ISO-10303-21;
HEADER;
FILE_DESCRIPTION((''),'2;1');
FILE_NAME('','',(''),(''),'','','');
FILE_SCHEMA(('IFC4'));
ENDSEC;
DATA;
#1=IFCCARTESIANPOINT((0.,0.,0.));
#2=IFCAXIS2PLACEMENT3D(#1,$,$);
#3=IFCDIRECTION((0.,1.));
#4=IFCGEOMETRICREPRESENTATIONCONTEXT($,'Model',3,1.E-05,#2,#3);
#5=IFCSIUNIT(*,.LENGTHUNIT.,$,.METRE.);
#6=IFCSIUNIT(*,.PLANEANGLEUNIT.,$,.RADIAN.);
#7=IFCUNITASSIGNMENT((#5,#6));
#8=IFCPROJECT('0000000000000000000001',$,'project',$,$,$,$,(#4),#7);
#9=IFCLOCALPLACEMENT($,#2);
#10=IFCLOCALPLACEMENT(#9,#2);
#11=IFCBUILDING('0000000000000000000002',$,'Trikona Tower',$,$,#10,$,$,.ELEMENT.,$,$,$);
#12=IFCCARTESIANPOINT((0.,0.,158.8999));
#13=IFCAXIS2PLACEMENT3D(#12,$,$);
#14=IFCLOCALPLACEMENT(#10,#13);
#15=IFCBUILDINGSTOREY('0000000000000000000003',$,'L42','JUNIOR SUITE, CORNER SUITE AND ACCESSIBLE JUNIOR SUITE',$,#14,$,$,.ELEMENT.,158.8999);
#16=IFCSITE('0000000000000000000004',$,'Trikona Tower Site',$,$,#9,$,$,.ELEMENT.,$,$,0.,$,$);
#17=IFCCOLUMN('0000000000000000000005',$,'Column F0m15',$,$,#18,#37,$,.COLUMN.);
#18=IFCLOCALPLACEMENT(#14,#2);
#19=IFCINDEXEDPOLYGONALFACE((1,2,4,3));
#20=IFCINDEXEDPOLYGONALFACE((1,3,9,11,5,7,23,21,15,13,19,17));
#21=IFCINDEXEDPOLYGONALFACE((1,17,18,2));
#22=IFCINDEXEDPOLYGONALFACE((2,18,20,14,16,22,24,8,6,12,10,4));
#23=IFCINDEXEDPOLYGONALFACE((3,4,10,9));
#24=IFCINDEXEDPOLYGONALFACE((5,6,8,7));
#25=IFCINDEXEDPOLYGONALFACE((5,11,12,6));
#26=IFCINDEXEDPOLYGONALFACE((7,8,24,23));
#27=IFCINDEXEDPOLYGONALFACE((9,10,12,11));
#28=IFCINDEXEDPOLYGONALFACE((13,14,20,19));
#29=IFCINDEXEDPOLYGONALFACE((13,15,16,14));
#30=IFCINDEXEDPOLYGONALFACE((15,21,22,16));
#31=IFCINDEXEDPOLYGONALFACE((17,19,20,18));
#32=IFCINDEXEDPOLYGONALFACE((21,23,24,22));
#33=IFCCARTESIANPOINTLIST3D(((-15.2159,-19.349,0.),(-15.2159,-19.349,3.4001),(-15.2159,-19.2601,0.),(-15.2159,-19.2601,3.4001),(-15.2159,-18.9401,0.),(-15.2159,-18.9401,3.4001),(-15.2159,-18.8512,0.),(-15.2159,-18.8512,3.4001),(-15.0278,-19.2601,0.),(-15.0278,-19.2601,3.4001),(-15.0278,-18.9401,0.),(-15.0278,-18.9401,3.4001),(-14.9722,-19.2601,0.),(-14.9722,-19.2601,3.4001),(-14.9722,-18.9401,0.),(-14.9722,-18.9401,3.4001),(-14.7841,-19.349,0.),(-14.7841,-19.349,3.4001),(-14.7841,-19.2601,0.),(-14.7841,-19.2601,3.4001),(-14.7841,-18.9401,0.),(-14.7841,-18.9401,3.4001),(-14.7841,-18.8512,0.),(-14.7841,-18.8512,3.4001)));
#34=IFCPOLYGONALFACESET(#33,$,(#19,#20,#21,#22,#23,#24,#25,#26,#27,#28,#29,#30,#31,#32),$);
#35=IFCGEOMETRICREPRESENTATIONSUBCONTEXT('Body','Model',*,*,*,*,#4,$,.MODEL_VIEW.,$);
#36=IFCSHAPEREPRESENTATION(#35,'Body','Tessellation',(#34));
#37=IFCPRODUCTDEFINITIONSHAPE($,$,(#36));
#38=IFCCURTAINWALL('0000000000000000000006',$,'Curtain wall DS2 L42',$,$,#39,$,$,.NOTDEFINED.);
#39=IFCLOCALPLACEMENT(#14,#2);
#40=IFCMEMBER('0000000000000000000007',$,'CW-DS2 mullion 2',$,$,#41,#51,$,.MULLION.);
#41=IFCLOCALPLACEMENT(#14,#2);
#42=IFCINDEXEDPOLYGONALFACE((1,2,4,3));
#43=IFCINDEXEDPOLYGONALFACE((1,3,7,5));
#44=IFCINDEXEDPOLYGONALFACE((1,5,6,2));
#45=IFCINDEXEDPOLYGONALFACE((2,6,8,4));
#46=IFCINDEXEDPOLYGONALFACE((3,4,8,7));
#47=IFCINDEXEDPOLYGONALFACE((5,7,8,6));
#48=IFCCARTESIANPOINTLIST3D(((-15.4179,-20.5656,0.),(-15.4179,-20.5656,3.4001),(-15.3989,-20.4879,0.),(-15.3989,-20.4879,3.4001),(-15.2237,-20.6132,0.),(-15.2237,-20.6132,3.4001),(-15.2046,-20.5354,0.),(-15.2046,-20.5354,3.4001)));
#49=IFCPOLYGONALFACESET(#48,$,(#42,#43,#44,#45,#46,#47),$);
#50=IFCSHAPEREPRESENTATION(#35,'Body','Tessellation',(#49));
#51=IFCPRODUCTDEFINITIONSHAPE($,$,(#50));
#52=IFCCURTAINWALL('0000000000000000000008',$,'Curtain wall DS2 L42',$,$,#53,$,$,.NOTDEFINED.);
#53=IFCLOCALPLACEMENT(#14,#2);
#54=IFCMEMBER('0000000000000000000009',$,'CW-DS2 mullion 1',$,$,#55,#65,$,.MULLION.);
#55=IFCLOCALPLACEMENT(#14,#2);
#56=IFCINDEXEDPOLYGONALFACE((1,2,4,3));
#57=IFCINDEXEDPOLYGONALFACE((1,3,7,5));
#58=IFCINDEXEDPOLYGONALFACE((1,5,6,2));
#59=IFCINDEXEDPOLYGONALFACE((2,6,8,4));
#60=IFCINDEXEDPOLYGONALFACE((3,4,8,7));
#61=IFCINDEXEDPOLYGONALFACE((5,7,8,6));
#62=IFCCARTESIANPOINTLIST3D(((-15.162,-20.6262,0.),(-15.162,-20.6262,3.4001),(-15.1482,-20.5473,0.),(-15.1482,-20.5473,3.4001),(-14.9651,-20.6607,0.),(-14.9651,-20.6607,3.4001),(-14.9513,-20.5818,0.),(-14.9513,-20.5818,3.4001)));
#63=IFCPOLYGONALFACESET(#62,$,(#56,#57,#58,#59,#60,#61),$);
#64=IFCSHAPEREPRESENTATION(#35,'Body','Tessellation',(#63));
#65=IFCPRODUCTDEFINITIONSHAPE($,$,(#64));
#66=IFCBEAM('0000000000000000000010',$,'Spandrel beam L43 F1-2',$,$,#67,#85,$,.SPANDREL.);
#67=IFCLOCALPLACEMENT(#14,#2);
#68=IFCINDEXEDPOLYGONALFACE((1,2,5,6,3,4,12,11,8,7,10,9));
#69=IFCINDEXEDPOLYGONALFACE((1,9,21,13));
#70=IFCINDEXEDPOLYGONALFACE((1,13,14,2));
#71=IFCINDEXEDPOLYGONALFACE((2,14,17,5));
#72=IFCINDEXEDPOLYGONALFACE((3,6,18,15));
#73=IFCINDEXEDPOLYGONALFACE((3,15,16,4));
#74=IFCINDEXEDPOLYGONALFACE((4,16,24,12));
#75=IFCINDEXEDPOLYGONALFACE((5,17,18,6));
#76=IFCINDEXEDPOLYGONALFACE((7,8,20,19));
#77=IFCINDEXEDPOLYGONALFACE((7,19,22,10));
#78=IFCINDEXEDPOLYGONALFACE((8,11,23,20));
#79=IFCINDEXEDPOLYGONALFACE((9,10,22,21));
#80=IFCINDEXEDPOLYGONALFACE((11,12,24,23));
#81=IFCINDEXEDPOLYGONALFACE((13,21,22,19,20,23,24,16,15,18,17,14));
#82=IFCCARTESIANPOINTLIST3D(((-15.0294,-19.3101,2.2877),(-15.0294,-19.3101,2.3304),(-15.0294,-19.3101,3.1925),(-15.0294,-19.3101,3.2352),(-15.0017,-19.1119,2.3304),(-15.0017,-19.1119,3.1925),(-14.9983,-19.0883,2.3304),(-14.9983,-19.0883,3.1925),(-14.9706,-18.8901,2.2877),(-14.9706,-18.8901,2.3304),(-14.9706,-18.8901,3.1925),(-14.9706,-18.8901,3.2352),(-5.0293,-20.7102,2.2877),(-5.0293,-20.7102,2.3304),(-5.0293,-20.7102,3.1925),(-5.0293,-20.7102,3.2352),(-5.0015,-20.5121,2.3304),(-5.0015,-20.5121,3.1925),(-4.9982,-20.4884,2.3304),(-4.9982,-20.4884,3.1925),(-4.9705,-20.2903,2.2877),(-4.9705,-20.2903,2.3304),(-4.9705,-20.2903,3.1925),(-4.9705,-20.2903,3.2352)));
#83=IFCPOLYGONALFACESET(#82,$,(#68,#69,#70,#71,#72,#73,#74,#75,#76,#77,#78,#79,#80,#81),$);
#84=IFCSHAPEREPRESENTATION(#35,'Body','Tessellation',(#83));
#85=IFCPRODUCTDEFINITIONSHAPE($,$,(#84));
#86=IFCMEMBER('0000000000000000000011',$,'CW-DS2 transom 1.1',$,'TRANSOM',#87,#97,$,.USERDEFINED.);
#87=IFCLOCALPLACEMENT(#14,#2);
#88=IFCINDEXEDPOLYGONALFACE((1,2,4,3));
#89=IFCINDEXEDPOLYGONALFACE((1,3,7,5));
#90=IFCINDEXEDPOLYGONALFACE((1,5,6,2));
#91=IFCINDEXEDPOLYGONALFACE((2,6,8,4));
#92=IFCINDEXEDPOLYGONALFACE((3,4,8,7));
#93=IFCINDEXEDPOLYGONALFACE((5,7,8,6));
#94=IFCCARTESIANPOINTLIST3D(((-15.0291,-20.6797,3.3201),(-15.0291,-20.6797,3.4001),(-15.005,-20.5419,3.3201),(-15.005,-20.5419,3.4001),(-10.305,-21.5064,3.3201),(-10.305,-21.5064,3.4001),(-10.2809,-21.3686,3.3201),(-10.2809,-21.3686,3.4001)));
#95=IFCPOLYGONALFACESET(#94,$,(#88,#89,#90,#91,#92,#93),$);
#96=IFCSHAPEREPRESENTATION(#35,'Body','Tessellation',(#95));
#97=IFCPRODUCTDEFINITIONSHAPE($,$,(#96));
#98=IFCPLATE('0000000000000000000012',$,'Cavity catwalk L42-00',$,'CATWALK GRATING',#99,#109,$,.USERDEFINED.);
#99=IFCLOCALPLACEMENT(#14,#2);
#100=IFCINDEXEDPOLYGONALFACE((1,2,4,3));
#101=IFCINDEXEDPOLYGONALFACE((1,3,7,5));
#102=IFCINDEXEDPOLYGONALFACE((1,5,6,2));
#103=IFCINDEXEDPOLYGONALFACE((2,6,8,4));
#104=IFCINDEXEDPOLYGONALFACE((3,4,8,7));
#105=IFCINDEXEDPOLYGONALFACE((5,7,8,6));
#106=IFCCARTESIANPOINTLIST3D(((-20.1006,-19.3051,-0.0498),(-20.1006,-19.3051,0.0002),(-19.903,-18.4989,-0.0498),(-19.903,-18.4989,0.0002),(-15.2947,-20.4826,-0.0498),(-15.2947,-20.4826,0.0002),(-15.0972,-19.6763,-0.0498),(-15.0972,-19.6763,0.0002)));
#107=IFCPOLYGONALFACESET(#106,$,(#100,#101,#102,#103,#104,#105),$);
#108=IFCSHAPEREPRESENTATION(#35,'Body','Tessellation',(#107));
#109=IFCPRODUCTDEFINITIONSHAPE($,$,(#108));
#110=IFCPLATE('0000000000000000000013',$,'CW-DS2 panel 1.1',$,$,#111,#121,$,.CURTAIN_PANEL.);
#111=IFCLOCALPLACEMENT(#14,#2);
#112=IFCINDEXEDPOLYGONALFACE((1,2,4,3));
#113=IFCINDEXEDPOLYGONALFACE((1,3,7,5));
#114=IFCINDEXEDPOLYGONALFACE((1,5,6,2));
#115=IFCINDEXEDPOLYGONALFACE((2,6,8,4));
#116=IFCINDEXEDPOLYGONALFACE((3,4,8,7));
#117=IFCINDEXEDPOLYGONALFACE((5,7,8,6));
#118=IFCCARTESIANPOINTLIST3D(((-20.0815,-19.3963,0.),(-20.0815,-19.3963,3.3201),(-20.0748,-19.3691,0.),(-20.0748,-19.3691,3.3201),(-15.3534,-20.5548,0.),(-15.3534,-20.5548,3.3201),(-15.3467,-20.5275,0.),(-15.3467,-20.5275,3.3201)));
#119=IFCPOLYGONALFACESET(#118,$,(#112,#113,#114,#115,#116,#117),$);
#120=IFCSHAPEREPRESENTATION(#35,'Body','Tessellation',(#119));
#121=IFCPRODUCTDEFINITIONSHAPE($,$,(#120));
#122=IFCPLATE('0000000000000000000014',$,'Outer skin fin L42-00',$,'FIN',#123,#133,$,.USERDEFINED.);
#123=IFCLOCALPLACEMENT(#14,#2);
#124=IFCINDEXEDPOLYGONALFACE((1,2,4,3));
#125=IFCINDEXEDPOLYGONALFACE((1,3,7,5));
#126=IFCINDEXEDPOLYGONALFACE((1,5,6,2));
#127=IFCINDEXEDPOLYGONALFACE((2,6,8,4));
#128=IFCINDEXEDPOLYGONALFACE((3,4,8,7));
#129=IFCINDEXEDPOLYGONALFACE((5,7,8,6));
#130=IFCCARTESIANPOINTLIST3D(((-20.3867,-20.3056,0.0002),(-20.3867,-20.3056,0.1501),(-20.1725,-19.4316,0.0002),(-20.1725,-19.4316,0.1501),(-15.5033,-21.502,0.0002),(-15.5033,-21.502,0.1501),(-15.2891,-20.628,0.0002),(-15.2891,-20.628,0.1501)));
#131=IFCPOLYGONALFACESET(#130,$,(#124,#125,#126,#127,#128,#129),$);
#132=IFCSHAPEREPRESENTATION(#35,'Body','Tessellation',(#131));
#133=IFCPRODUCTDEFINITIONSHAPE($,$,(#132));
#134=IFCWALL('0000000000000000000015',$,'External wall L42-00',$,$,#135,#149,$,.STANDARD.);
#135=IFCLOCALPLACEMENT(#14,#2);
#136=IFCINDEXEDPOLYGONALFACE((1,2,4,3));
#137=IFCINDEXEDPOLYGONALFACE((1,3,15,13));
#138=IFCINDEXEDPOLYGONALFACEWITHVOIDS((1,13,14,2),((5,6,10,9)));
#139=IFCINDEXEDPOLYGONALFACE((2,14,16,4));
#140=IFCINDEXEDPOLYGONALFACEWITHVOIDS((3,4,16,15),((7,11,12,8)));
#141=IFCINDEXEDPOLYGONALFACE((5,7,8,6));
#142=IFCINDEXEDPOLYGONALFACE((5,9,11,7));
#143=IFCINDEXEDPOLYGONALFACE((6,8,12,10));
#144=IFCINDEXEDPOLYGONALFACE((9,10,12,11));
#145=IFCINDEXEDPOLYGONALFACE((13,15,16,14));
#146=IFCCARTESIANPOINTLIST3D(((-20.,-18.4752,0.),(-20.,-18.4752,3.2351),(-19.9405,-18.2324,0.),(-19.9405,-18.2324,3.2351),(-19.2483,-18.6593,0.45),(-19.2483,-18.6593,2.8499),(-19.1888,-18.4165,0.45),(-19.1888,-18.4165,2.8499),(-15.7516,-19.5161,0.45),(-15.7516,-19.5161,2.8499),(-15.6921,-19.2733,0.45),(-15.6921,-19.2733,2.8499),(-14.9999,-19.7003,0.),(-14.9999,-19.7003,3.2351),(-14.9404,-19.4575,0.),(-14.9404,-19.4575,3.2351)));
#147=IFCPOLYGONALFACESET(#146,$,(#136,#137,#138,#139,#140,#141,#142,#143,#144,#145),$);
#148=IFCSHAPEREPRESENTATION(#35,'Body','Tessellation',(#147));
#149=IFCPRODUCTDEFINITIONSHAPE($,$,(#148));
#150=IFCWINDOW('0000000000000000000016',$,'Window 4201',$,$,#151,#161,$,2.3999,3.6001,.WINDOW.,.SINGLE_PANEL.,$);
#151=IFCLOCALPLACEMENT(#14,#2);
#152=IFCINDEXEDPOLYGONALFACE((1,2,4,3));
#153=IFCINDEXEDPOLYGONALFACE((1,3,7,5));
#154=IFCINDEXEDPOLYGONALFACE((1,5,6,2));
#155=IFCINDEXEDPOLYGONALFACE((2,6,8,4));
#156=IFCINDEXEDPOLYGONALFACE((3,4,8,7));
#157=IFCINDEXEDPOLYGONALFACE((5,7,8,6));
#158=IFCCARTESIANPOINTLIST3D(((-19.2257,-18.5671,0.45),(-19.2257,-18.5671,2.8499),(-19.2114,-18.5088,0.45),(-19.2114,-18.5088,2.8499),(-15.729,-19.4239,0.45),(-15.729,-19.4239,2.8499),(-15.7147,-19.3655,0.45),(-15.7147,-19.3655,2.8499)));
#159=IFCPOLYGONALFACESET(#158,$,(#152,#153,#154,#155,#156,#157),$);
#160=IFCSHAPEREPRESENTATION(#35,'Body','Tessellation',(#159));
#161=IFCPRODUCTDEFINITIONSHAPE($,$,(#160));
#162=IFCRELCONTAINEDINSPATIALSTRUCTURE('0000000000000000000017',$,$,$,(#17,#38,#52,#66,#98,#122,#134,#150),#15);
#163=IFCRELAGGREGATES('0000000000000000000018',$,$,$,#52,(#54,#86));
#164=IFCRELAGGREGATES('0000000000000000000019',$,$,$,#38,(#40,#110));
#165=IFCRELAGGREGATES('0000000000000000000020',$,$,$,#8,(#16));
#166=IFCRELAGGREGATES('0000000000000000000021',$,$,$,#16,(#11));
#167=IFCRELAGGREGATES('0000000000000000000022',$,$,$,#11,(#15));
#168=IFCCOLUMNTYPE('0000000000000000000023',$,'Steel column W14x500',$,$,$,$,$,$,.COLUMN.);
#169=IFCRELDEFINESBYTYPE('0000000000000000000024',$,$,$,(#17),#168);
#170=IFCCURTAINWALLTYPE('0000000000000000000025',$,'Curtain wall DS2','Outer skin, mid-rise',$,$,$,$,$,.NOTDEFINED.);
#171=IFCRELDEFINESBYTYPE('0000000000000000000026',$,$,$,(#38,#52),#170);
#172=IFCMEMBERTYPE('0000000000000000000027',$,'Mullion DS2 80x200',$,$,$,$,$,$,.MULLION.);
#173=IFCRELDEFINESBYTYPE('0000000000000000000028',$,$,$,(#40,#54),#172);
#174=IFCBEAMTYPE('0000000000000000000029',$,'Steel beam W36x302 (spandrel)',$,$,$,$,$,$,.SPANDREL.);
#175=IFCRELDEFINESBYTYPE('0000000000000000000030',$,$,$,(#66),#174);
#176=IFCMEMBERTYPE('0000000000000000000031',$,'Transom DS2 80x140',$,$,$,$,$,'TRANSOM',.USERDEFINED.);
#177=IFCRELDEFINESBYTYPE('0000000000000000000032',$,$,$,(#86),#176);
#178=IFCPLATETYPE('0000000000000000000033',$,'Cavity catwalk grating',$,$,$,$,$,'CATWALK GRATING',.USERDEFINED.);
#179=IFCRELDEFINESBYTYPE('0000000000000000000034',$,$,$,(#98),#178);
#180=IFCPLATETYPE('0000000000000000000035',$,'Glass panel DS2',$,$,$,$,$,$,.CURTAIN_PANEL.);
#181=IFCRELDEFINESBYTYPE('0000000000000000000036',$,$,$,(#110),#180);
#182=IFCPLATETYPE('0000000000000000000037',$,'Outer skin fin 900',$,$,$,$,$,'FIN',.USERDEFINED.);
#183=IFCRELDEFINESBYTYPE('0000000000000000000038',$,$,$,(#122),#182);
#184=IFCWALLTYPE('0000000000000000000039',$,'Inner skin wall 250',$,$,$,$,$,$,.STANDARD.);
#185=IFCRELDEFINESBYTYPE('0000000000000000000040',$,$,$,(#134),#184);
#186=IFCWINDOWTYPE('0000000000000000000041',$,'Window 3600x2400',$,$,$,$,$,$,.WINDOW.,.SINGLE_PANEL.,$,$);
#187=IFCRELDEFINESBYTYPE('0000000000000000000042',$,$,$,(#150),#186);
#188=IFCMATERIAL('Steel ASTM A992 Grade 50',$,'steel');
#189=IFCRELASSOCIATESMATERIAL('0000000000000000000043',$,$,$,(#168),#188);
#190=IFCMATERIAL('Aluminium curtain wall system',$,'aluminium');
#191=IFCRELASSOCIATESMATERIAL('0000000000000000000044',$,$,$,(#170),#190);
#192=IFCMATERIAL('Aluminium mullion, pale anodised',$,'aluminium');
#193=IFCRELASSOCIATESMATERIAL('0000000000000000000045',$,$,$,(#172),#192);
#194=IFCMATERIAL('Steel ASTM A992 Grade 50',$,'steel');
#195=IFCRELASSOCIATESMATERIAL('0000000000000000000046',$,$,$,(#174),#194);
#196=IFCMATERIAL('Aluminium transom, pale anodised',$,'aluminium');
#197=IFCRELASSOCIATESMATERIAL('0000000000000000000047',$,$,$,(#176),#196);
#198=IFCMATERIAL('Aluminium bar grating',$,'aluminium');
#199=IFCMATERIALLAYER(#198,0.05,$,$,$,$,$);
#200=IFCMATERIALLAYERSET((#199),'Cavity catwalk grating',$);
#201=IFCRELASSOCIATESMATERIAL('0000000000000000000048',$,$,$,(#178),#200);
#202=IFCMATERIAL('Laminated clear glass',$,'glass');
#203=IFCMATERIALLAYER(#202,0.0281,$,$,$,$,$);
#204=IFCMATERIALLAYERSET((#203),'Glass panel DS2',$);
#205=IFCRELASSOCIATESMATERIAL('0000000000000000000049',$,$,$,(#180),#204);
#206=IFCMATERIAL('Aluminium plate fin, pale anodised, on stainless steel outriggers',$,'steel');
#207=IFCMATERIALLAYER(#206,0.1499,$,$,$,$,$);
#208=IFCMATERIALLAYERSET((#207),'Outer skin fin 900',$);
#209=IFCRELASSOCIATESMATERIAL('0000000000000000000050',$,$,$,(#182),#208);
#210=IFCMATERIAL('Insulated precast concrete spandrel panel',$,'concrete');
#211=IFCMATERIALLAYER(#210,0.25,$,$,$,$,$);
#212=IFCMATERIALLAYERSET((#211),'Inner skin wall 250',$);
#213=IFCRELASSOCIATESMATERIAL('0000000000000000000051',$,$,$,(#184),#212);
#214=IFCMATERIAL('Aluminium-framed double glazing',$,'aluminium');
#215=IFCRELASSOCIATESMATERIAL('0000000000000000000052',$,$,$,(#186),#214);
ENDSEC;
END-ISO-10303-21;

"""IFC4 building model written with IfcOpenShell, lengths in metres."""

from ifc_helpers import new_model, si_unit, direction, frame, frame_2d, origin, origin_2d, place, context, subcontext, project, spatial, rectangle, i_section, extrude, material, layer, layer_set, material_profile, profile_set, type_object, element, fill, aggregate, save


model = new_model("IFC4")

# Units and contexts
model_context = context("Model", 3, precision=1e-05, world=origin(), true_north=direction((0.0, 1.0)))
body_context = subcontext(model_context, "Body", "Model", "MODEL_VIEW")
ifc_project = project(units=[si_unit("LENGTHUNIT", "METRE"), si_unit("PLANEANGLEUNIT", "RADIAN")], contexts=[model_context])

# Site, building, storey
site_placement = place(None, origin())
site = spatial("IfcSite", under=ifc_project, at=site_placement, Name="Trikona Tower Site", CompositionType="ELEMENT", RefElevation=0.0)
building_placement = place(site_placement, origin())
building = spatial("IfcBuilding", under=site, at=building_placement, Name="Trikona Tower", CompositionType="ELEMENT")
storey_placement = place(building_placement, frame((0.0, 0.0, 158.8999)))
storey = spatial("IfcBuildingStorey", under=building, at=storey_placement, Name="L42", Description="JUNIOR SUITE, CORNER SUITE AND ACCESSIBLE JUNIOR SUITE", CompositionType="ELEMENT", Elevation=158.8999)

# Column
ifc_material_1 = material(Name="Steel ASTM A992 Grade 50", Category="steel")
ifc_material_profile_1 = material_profile(ifc_material_1, i_section(OverallWidth=0.4319, OverallDepth=0.4978, WebThickness=0.0557, FlangeThickness=0.0889, at=origin_2d()), Name="W14X500")
ifc_profile_set_1 = profile_set([ifc_material_profile_1], Name="Steel ASTM A992 Grade 50")
column_type = type_object("IfcColumnType", Name="Steel column W14x500", PredefinedType="COLUMN", material=ifc_profile_set_1)
column_placement = place(storey_placement, frame((-15.0, -19.1001, 0.0), z_axis=(0.0, 0.0, 1.0), x_axis=(1.0, 0.0, 0.0)))
element("IfcColumn", 1, at=column_placement, inside=storey, type_object=column_type, Name="Column F0m15", PredefinedType="COLUMN", context=body_context, shape_type="SweptSolid", body=[
    extrude(i_section(OverallWidth=0.4319, OverallDepth=0.4978, WebThickness=0.0557, FlangeThickness=0.0889, at=origin_2d()), origin(), (0.0, 0.0, 1.0), 3.4001),
])

# Curtain walls, members
ifc_material_2 = material(Name="Aluminium curtain wall system", Category="aluminium")
curtain_wall_type = type_object("IfcCurtainWallType", Name="Curtain wall DS2", Description="Outer skin, mid-rise", PredefinedType="NOTDEFINED", material=ifc_material_2)
curtain_wall_1_placement = place(storey_placement, origin())
curtain_wall_1 = element("IfcCurtainWall", 2, at=curtain_wall_1_placement, inside=storey, type_object=curtain_wall_type, Name="Curtain wall DS2 L42", PredefinedType="NOTDEFINED")
ifc_material_3 = material(Name="Aluminium mullion, pale anodised", Category="aluminium")
ifc_material_profile_2 = material_profile(ifc_material_3, rectangle(XDim=0.0801, YDim=0.2, at=origin_2d()), Name="MUL-DS2")
ifc_profile_set_2 = profile_set([ifc_material_profile_2], Name="Aluminium mullion, pale anodised")
member_type_1 = type_object("IfcMemberType", Name="Mullion DS2 80x200", PredefinedType="MULLION", material=ifc_profile_set_2)
member_1_placement = place(storey_placement, frame((-15.3113, -20.5505, 0.0), z_axis=(0.0, 0.0, 1.0), x_axis=(0.23797, 0.971272, 0.0)))
member_1 = element("IfcMember", 3, at=member_1_placement, type_object=member_type_1, Name="CW-DS2 mullion 2", PredefinedType="MULLION", context=body_context, shape_type="SweptSolid", body=[
    extrude(rectangle(XDim=0.0801, YDim=0.2, at=origin_2d()), origin(), (0.0, 0.0, 1.0), 3.4001),
])
curtain_wall_2_placement = place(storey_placement, origin())
curtain_wall_2 = element("IfcCurtainWall", 4, at=curtain_wall_2_placement, inside=storey, type_object=curtain_wall_type, Name="Curtain wall DS2 L42", PredefinedType="NOTDEFINED")
member_2_placement = place(storey_placement, frame((-15.0566, -20.604, 0.0), z_axis=(0.0, 0.0, 1.0), x_axis=(0.172377, 0.985031, 0.0)))
member_2 = element("IfcMember", 5, at=member_2_placement, type_object=member_type_1, Name="CW-DS2 mullion 1", PredefinedType="MULLION", context=body_context, shape_type="SweptSolid", body=[
    extrude(rectangle(XDim=0.0801, YDim=0.2, at=origin_2d()), origin(), (0.0, 0.0, 1.0), 3.4001),
])

# Beam
ifc_material_4 = material(Name="Steel ASTM A992 Grade 50", Category="steel")
ifc_material_profile_3 = material_profile(ifc_material_4, i_section(OverallWidth=0.4241, OverallDepth=0.9475, WebThickness=0.0239, FlangeThickness=0.0427, at=origin_2d()), Name="W36X302")
ifc_profile_set_3 = profile_set([ifc_material_profile_3], Name="Steel ASTM A992 Grade 50")
beam_type = type_object("IfcBeamType", Name="Steel beam W36x302 (spandrel)", PredefinedType="SPANDREL", material=ifc_profile_set_3)
beam_placement = place(storey_placement, frame((-15.0, -19.1001, 2.7615), z_axis=(0.99034, -0.138662, 0.0), x_axis=(0.138662, 0.99034, 0.0)))
element("IfcBeam", 6, at=beam_placement, inside=storey, type_object=beam_type, Name="Spandrel beam L43 F1-2", PredefinedType="SPANDREL", context=body_context, shape_type="SweptSolid", body=[
    extrude(i_section(OverallWidth=0.4241, OverallDepth=0.9475, WebThickness=0.0239, FlangeThickness=0.0427, at=origin_2d()), origin(), (0.0, 0.0, 1.0), 10.0977),
])

# Member
ifc_material_5 = material(Name="Aluminium transom, pale anodised", Category="aluminium")
ifc_material_profile_4 = material_profile(ifc_material_5, rectangle(XDim=0.1399, YDim=0.0801, at=origin_2d()), Name="TRN-DS2")
ifc_profile_set_4 = profile_set([ifc_material_profile_4], Name="Aluminium transom, pale anodised")
member_type_2 = type_object("IfcMemberType", Name="Transom DS2 80x140", ElementType="TRANSOM", PredefinedType="USERDEFINED", material=ifc_profile_set_4)
member_3_placement = place(storey_placement, frame((-15.0171, -20.6108, 3.3601), z_axis=(0.985033, -0.172368, 0.0), x_axis=(0.172368, 0.985033, 0.0)))
member_3 = element("IfcMember", 7, at=member_3_placement, type_object=member_type_2, Name="CW-DS2 transom 1.1", ObjectType="TRANSOM", PredefinedType="USERDEFINED", context=body_context, shape_type="SweptSolid", body=[
    extrude(rectangle(XDim=0.1399, YDim=0.0801, at=origin_2d()), origin(), (0.0, 0.0, 1.0), 4.7959),
])
aggregate(curtain_wall_2, [member_2, member_3])

# Plates
ifc_material_6 = material(Name="Aluminium bar grating", Category="aluminium")
ifc_layer_1 = layer(ifc_material_6, 0.05)
ifc_layer_set_1 = layer_set([ifc_layer_1], Name="Cavity catwalk grating")
plate_type_1 = type_object("IfcPlateType", Name="Cavity catwalk grating", ElementType="CATWALK GRATING", PredefinedType="USERDEFINED", material=ifc_layer_set_1)
plate_1_placement = place(storey_placement, frame((-17.5989, -19.4907, -0.0498), z_axis=(0.0, 0.0, 1.0), x_axis=(0.971274, -0.237962, 0.0)))
element("IfcPlate", 8, at=plate_1_placement, inside=storey, type_object=plate_type_1, Name="Cavity catwalk L42-00", ObjectType="CATWALK GRATING", PredefinedType="USERDEFINED", context=body_context, shape_type="SweptSolid", body=[
    extrude(rectangle(XDim=4.948, YDim=0.8301, at=origin_2d()), origin(), (0.0, 0.0, 1.0), 0.05),
])
ifc_material_7 = material(Name="Laminated clear glass", Category="glass")
ifc_layer_2 = layer(ifc_material_7, 0.0281)
ifc_layer_set_2 = layer_set([ifc_layer_2], Name="Glass panel DS2")
plate_type_2 = type_object("IfcPlateType", Name="Glass panel DS2", PredefinedType="CURTAIN_PANEL", material=ifc_layer_set_2)
plate_2_placement = place(storey_placement, frame((-17.7141, -19.9619, 0.0), z_axis=(0.0, 0.0, 1.0), x_axis=(0.971272, -0.23797, 0.0)))
plate_2 = element("IfcPlate", 9, at=plate_2_placement, type_object=plate_type_2, Name="CW-DS2 panel 1.1", PredefinedType="CURTAIN_PANEL", context=body_context, shape_type="SweptSolid", body=[
    extrude(rectangle(XDim=4.8679, YDim=0.0281, at=origin_2d()), origin(), (0.0, 0.0, 1.0), 3.3201),
])
aggregate(curtain_wall_1, [member_1, plate_2])
ifc_material_8 = material(Name="Aluminium plate fin, pale anodised, on stainless steel outriggers", Category="steel")
ifc_layer_3 = layer(ifc_material_8, 0.1499)
ifc_layer_set_3 = layer_set([ifc_layer_3], Name="Outer skin fin 900")
plate_type_3 = type_object("IfcPlateType", Name="Outer skin fin 900", ElementType="FIN", PredefinedType="USERDEFINED", material=ifc_layer_set_3)
plate_3_placement = place(storey_placement, frame((-17.8379, -20.4668, 0.0002), z_axis=(0.0, 0.0, 1.0), x_axis=(0.971274, -0.237962, 0.0)))
element("IfcPlate", 10, at=plate_3_placement, inside=storey, type_object=plate_type_3, Name="Outer skin fin L42-00", ObjectType="FIN", PredefinedType="USERDEFINED", context=body_context, shape_type="SweptSolid", body=[
    extrude(rectangle(XDim=5.0278, YDim=0.8999, at=origin_2d()), origin(), (0.0, 0.0, 1.0), 0.1499),
])

# Wall, opening, window
ifc_material_9 = material(Name="Insulated precast concrete spandrel panel", Category="concrete")
ifc_layer_4 = layer(ifc_material_9, 0.25)
ifc_layer_set_4 = layer_set([ifc_layer_4], Name="Inner skin wall 250")
wall_type_1 = type_object("IfcWallType", Name="Inner skin wall 250", PredefinedType="STANDARD", material=ifc_layer_set_4)
wall_1_placement = place(storey_placement, frame((-19.9702, -18.3538, 0.0), z_axis=(0.0, 0.0, 1.0), x_axis=(0.97127, -0.23798, 0.0)))
wall_1 = element("IfcWall", 11, at=wall_1_placement, inside=storey, type_object=wall_type_1, Name="External wall L42-00", PredefinedType="STANDARD", context=body_context, shape_type="SweptSolid", body=[
    extrude(rectangle(XDim=5.1479, YDim=0.25, at=frame_2d((2.574, 0.0))), origin(), (0.0, 0.0, 1.0), 3.2351),
])
opening_1_placement = place(wall_1_placement, frame((0.7739, 0.0, 0.45)))
opening_1 = element("IfcOpeningElement", 12, at=opening_1_placement, cuts=wall_1, PredefinedType="OPENING", context=body_context, shape_type="SweptSolid", body=[
    extrude(rectangle(XDim=3.6001, YDim=2.3999, at=frame_2d((1.8, 1.2))), frame((0.0, 0.135, 0.0), z_axis=(0.0, -1.0, 0.0), x_axis=(1.0, 0.0, 0.0)), (0.0, 0.0, 1.0), 0.27),
])
ifc_material_10 = material(Name="Aluminium-framed double glazing", Category="aluminium")
window_type = type_object("IfcWindowType", Name="Window 3600x2400", PartitioningType="SINGLE_PANEL", PredefinedType="WINDOW", material=ifc_material_10)
window_1_placement = place(opening_1_placement, origin())
window_1 = element("IfcWindow", 13, at=window_1_placement, inside=storey, type_object=window_type, Name="Window 4201", OverallHeight=2.3999, OverallWidth=3.6001, PartitioningType="SINGLE_PANEL", PredefinedType="WINDOW", context=body_context, shape_type="SweptSolid", body=[
    extrude(rectangle(XDim=3.6001, YDim=2.3999, at=frame_2d((1.8, 1.2))), frame((0.0, 0.03, 0.0), z_axis=(0.0, -1.0, 0.0), x_axis=(1.0, 0.0, 0.0)), (0.0, 0.0, 1.0), 0.0601),
])
fill(opening_1, window_1)

save(model, "model.ifc")
